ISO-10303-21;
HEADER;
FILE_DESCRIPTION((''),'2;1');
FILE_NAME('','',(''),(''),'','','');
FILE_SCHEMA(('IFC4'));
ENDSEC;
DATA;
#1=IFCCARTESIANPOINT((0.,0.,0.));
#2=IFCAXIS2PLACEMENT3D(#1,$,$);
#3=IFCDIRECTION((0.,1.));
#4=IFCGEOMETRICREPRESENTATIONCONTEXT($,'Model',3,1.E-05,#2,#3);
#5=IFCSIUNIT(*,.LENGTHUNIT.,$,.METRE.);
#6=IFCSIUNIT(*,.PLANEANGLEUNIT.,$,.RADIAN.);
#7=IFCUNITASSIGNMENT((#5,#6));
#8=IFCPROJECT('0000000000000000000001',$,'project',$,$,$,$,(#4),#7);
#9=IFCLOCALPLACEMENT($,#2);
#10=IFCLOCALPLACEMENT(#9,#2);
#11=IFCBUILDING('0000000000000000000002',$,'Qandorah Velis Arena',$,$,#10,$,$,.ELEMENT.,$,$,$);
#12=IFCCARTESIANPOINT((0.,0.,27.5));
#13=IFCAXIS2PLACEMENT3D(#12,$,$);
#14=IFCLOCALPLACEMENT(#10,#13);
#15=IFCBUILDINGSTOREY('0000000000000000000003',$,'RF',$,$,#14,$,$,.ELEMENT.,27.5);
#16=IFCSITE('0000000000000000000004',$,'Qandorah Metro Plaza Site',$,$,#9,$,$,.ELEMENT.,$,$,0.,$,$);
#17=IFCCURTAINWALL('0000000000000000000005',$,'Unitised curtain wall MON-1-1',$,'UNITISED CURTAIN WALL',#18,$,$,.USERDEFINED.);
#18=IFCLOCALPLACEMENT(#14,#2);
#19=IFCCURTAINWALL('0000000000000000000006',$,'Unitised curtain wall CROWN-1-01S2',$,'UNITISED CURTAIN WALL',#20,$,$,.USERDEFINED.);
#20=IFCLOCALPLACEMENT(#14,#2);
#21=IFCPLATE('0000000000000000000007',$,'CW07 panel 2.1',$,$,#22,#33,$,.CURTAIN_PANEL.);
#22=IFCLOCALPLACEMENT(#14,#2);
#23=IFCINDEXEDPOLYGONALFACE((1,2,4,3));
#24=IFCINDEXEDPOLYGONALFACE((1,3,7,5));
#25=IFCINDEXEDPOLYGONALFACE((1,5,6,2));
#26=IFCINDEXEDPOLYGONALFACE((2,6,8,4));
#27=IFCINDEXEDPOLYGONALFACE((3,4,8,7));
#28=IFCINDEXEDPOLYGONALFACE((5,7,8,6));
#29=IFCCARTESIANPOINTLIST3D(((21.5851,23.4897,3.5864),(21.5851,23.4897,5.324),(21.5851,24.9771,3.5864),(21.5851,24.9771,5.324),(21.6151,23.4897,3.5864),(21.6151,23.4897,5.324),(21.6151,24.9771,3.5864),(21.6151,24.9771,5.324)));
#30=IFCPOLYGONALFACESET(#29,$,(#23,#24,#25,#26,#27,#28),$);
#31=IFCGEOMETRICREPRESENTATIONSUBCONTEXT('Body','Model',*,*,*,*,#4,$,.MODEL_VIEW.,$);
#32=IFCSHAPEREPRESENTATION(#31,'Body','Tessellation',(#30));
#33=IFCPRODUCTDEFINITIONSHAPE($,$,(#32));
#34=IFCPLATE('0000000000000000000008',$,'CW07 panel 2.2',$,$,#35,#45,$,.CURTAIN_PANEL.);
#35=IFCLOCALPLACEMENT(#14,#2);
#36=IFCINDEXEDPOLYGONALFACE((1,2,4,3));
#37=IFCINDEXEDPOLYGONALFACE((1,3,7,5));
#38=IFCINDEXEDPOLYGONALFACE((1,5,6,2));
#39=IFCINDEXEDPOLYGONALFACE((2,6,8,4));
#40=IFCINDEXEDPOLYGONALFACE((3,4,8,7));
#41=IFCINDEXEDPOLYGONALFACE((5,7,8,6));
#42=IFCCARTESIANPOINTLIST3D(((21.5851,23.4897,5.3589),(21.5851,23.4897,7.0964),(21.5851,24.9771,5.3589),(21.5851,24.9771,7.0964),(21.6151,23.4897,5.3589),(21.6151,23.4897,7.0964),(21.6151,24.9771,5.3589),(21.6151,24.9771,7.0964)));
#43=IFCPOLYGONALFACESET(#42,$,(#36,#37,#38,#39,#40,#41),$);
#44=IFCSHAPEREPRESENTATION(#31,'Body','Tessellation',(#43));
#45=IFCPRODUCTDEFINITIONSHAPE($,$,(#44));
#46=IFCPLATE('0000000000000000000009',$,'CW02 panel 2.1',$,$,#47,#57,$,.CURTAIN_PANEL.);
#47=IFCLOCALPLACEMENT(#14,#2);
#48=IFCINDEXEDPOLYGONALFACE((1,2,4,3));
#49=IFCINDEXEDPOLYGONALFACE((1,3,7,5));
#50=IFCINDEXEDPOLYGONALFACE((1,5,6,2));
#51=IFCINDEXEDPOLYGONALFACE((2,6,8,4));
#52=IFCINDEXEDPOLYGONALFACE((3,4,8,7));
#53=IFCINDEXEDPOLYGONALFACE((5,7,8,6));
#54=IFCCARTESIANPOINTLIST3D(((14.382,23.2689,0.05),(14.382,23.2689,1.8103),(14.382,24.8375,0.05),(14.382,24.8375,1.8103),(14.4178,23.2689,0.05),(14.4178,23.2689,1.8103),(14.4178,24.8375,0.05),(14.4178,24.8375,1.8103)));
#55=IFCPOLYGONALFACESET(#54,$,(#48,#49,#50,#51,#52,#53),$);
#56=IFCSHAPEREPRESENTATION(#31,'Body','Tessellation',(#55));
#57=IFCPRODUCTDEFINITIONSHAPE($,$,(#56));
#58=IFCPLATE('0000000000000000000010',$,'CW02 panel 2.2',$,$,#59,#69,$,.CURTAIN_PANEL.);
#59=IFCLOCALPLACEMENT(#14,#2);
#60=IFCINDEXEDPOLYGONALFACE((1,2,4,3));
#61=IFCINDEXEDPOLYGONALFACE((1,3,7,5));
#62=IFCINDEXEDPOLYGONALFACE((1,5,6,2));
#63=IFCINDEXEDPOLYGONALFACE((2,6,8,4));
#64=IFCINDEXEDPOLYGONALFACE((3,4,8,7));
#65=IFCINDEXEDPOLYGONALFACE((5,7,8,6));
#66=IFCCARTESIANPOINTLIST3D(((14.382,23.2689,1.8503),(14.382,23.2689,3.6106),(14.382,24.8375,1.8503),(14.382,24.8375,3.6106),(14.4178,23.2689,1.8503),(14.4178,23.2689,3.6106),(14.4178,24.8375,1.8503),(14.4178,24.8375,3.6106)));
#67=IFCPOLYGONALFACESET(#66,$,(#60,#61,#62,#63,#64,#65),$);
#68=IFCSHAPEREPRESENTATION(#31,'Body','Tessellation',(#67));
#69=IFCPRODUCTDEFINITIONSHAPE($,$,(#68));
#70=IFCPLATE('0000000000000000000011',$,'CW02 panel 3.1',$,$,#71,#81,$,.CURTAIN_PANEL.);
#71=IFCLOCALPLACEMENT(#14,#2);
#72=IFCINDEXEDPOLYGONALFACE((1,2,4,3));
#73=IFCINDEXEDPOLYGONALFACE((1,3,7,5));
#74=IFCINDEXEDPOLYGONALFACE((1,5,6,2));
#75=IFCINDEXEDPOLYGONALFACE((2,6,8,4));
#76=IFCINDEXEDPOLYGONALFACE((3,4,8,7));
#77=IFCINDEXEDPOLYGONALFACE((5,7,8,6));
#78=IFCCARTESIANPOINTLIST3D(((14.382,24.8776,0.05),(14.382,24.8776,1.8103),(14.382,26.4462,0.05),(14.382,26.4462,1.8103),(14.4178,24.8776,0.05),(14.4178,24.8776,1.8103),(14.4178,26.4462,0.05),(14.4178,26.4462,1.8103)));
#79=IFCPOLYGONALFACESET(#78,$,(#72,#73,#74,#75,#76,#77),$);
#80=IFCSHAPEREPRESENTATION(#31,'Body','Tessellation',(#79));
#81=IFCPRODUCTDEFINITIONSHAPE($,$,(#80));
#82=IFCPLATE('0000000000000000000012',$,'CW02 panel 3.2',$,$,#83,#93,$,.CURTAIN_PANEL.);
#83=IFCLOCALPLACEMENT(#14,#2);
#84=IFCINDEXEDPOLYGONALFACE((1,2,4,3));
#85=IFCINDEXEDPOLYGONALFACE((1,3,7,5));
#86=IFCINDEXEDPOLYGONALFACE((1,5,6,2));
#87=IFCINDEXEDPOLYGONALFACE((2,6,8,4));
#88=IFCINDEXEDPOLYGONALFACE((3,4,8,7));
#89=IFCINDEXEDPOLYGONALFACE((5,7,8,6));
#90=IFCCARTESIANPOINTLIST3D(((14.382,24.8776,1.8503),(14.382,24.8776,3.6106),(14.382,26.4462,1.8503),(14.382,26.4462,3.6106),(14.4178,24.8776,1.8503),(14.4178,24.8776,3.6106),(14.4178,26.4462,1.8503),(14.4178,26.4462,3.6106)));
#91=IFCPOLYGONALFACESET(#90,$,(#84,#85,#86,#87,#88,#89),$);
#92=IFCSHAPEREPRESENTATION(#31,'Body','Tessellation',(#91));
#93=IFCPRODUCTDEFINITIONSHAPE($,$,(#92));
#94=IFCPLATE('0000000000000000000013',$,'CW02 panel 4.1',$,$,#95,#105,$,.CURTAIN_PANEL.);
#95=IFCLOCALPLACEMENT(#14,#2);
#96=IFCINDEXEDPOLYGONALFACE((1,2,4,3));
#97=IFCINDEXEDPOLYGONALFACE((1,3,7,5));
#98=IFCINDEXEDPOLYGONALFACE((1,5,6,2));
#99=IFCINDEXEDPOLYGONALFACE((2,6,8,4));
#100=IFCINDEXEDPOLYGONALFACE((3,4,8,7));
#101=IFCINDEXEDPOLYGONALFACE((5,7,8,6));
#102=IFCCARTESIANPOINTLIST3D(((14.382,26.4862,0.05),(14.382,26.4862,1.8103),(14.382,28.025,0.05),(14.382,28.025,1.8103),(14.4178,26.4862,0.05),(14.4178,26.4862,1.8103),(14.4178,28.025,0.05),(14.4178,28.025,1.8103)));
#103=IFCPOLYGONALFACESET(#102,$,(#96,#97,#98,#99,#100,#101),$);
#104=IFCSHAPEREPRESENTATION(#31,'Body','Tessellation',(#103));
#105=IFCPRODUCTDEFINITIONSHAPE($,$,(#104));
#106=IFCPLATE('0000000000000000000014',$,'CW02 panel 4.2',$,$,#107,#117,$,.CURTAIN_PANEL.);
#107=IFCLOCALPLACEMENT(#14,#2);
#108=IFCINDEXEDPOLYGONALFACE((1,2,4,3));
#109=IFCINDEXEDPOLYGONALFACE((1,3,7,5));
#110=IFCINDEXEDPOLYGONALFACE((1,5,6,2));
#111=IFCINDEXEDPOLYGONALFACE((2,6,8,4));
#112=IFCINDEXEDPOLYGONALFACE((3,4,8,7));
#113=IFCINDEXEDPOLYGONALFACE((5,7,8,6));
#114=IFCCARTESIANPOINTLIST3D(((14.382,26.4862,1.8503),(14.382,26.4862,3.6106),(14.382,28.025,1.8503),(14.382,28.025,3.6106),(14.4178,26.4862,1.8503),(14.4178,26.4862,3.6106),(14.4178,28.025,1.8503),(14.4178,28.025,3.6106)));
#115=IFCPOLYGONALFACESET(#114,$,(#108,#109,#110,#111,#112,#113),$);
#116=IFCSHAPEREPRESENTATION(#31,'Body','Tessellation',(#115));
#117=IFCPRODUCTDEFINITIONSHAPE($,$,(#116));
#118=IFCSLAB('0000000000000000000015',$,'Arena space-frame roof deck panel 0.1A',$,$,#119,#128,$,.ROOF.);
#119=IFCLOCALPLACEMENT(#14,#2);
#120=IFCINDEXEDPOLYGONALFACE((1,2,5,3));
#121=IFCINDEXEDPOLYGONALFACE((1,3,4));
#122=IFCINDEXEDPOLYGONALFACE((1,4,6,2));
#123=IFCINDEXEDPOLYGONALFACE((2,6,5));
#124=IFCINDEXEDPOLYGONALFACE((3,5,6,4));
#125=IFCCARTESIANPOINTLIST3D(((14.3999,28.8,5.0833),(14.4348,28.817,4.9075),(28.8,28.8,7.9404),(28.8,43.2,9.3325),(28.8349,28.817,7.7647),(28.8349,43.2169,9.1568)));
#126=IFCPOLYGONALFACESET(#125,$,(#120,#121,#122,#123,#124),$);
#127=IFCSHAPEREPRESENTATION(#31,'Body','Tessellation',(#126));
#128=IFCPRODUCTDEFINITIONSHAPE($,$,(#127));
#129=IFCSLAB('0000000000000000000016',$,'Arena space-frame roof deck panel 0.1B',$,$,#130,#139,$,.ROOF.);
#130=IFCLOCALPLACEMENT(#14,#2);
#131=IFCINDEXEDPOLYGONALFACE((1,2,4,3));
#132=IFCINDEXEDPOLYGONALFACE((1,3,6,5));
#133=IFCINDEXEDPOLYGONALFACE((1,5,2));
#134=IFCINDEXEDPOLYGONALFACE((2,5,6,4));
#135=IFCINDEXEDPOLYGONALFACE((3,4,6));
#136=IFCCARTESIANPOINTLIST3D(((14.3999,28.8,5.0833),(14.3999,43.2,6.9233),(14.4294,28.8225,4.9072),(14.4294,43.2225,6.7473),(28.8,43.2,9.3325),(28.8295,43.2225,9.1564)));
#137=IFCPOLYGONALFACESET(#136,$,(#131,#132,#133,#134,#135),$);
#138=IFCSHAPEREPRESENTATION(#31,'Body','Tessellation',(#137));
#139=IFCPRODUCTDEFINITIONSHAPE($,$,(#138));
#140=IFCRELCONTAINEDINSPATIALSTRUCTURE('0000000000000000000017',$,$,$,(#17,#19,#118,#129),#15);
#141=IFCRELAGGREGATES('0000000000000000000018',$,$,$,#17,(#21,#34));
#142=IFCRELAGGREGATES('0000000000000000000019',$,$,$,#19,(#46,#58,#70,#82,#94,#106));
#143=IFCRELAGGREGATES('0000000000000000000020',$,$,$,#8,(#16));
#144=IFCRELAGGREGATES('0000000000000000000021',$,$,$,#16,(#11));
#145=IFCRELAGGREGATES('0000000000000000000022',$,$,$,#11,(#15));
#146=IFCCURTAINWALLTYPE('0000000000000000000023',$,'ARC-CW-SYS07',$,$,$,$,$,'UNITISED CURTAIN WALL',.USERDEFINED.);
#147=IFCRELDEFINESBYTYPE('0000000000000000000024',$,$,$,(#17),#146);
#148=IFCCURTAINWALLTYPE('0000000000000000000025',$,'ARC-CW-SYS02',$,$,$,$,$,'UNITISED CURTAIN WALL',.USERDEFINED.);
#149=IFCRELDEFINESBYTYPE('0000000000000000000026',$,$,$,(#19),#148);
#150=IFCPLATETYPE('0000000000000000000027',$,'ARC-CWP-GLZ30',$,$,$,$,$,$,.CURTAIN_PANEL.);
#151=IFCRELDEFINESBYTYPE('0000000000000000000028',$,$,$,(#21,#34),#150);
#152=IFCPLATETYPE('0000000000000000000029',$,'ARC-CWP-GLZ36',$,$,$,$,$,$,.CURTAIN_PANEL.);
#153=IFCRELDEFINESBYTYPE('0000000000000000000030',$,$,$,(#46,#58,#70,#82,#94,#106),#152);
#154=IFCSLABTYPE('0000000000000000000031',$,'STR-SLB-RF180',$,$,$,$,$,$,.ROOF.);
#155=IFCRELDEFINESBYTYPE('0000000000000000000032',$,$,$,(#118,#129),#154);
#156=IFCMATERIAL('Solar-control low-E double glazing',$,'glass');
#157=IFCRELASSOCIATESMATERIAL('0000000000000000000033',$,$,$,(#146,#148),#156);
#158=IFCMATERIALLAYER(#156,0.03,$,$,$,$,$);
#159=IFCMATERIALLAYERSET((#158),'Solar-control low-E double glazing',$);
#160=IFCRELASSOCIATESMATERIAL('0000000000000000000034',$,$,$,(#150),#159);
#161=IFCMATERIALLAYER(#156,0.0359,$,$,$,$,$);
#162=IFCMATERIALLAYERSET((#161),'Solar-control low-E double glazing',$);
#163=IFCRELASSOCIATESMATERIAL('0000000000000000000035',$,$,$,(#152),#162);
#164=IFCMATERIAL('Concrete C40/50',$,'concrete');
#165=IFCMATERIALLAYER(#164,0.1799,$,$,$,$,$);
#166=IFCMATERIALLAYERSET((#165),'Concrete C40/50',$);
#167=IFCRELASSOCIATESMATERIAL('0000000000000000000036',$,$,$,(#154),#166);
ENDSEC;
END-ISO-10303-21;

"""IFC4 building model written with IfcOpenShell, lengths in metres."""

from ifc_helpers import new_model, si_unit, direction, frame, origin, origin_2d, place, context, subcontext, project, spatial, polyline, rectangle, outline, extrude, material, layer, layer_set, type_object, element, aggregate, save


model = new_model("IFC4")

# Units and contexts
model_context = context("Model", 3, precision=1e-05, world=origin(), true_north=direction((0.0, 1.0)))
body_context = subcontext(model_context, "Body", "Model", "MODEL_VIEW")
ifc_project = project(units=[si_unit("LENGTHUNIT", "METRE"), si_unit("PLANEANGLEUNIT", "RADIAN")], contexts=[model_context])

# Site, building, storey
site_placement = place(None, origin())
site = spatial("IfcSite", under=ifc_project, at=site_placement, Name="Qandorah Metro Plaza Site", CompositionType="ELEMENT", RefElevation=0.0)
building_placement = place(site_placement, origin())
building = spatial("IfcBuilding", under=site, at=building_placement, Name="Qandorah Velis Arena", CompositionType="ELEMENT")
storey_placement = place(building_placement, frame((0.0, 0.0, 27.5)))
storey = spatial("IfcBuildingStorey", under=building, at=storey_placement, Name="RF", CompositionType="ELEMENT", Elevation=27.5)

# Curtain walls
ifc_material_1 = material(Name="Solar-control low-E double glazing", Category="glass")
curtain_wall_type_1 = type_object("IfcCurtainWallType", Name="ARC-CW-SYS07", ElementType="UNITISED CURTAIN WALL", PredefinedType="USERDEFINED", material=ifc_material_1)
curtain_wall_1_placement = place(storey_placement, origin())
curtain_wall_1 = element("IfcCurtainWall", 1, at=curtain_wall_1_placement, inside=storey, type_object=curtain_wall_type_1, Name="Unitised curtain wall MON-1-1", ObjectType="UNITISED CURTAIN WALL", PredefinedType="USERDEFINED")
curtain_wall_type_2 = type_object("IfcCurtainWallType", Name="ARC-CW-SYS02", ElementType="UNITISED CURTAIN WALL", PredefinedType="USERDEFINED", material=ifc_material_1)
curtain_wall_2_placement = place(storey_placement, origin())
curtain_wall_2 = element("IfcCurtainWall", 2, at=curtain_wall_2_placement, inside=storey, type_object=curtain_wall_type_2, Name="Unitised curtain wall CROWN-1-01S2", ObjectType="UNITISED CURTAIN WALL", PredefinedType="USERDEFINED")

# Plates
ifc_layer_1 = layer(ifc_material_1, 0.03)
ifc_layer_set_1 = layer_set([ifc_layer_1], Name="Solar-control low-E double glazing")
plate_type_1 = type_object("IfcPlateType", Name="ARC-CWP-GLZ30", PredefinedType="CURTAIN_PANEL", material=ifc_layer_set_1)
plate_1_placement = place(storey_placement, frame((21.6001, 24.2334, 3.5864), z_axis=(0.0, 0.0, 1.0), x_axis=(0.0, 1.0, 0.0)))
plate_1 = element("IfcPlate", 3, at=plate_1_placement, type_object=plate_type_1, Name="CW07 panel 2.1", PredefinedType="CURTAIN_PANEL", context=body_context, shape_type="SweptSolid", body=[
    extrude(rectangle(XDim=1.4873, YDim=0.03, at=origin_2d()), origin(), (0.0, 0.0, 1.0), 1.7375),
])
plate_2_placement = place(storey_placement, frame((21.6001, 24.2334, 5.3589), z_axis=(0.0, 0.0, 1.0), x_axis=(0.0, 1.0, 0.0)))
plate_2 = element("IfcPlate", 4, at=plate_2_placement, type_object=plate_type_1, Name="CW07 panel 2.2", PredefinedType="CURTAIN_PANEL", context=body_context, shape_type="SweptSolid", body=[
    extrude(rectangle(XDim=1.4873, YDim=0.03, at=origin_2d()), origin(), (0.0, 0.0, 1.0), 1.7375),
])
aggregate(curtain_wall_1, [plate_1, plate_2])
ifc_layer_2 = layer(ifc_material_1, 0.0359)
ifc_layer_set_2 = layer_set([ifc_layer_2], Name="Solar-control low-E double glazing")
plate_type_2 = type_object("IfcPlateType", Name="ARC-CWP-GLZ36", PredefinedType="CURTAIN_PANEL", material=ifc_layer_set_2)
plate_3_placement = place(storey_placement, frame((14.3999, 24.0532, 0.05), z_axis=(0.0, 0.0, 1.0), x_axis=(0.0, 1.0, 0.0)))
plate_3 = element("IfcPlate", 5, at=plate_3_placement, type_object=plate_type_2, Name="CW02 panel 2.1", PredefinedType="CURTAIN_PANEL", context=body_context, shape_type="SweptSolid", body=[
    extrude(rectangle(XDim=1.5686, YDim=0.0359, at=origin_2d()), origin(), (0.0, 0.0, 1.0), 1.7603),
])
plate_4_placement = place(storey_placement, frame((14.3999, 24.0532, 1.8503), z_axis=(0.0, 0.0, 1.0), x_axis=(0.0, 1.0, 0.0)))
plate_4 = element("IfcPlate", 6, at=plate_4_placement, type_object=plate_type_2, Name="CW02 panel 2.2", PredefinedType="CURTAIN_PANEL", context=body_context, shape_type="SweptSolid", body=[
    extrude(rectangle(XDim=1.5686, YDim=0.0359, at=origin_2d()), origin(), (0.0, 0.0, 1.0), 1.7603),
])
plate_5_placement = place(storey_placement, frame((14.3999, 25.6619, 0.05), z_axis=(0.0, 0.0, 1.0), x_axis=(0.0, 1.0, 0.0)))
plate_5 = element("IfcPlate", 7, at=plate_5_placement, type_object=plate_type_2, Name="CW02 panel 3.1", PredefinedType="CURTAIN_PANEL", context=body_context, shape_type="SweptSolid", body=[
    extrude(rectangle(XDim=1.5686, YDim=0.0359, at=origin_2d()), origin(), (0.0, 0.0, 1.0), 1.7603),
])
plate_6_placement = place(storey_placement, frame((14.3999, 25.6619, 1.8503), z_axis=(0.0, 0.0, 1.0), x_axis=(0.0, 1.0, 0.0)))
plate_6 = element("IfcPlate", 8, at=plate_6_placement, type_object=plate_type_2, Name="CW02 panel 3.2", PredefinedType="CURTAIN_PANEL", context=body_context, shape_type="SweptSolid", body=[
    extrude(rectangle(XDim=1.5686, YDim=0.0359, at=origin_2d()), origin(), (0.0, 0.0, 1.0), 1.7603),
])
plate_7_placement = place(storey_placement, frame((14.3999, 27.2556, 0.05), z_axis=(0.0, 0.0, 1.0), x_axis=(0.0, 1.0, 0.0)))
plate_7 = element("IfcPlate", 9, at=plate_7_placement, type_object=plate_type_2, Name="CW02 panel 4.1", PredefinedType="CURTAIN_PANEL", context=body_context, shape_type="SweptSolid", body=[
    extrude(rectangle(XDim=1.5388, YDim=0.0359, at=origin_2d()), origin(), (0.0, 0.0, 1.0), 1.7603),
])
plate_8_placement = place(storey_placement, frame((14.3999, 27.2556, 1.8503), z_axis=(0.0, 0.0, 1.0), x_axis=(0.0, 1.0, 0.0)))
plate_8 = element("IfcPlate", 10, at=plate_8_placement, type_object=plate_type_2, Name="CW02 panel 4.2", PredefinedType="CURTAIN_PANEL", context=body_context, shape_type="SweptSolid", body=[
    extrude(rectangle(XDim=1.5388, YDim=0.0359, at=origin_2d()), origin(), (0.0, 0.0, 1.0), 1.7603),
])
aggregate(curtain_wall_2, [plate_3, plate_4, plate_5, plate_6, plate_7, plate_8])

# Slabs
ifc_material_2 = material(Name="Concrete C40/50", Category="concrete")
ifc_layer_3 = layer(ifc_material_2, 0.1799)
ifc_layer_set_3 = layer_set([ifc_layer_3], Name="Concrete C40/50")
slab_type = type_object("IfcSlabType", Name="STR-SLB-RF180", PredefinedType="ROOF", material=ifc_layer_set_3)
slab_1_placement = place(storey_placement, frame((14.3999, 28.8, 5.0833), z_axis=(-0.19375, -0.094402, 0.976498), x_axis=(0.980879, 0.0, 0.194619)))
element("IfcSlab", 11, at=slab_1_placement, inside=storey, type_object=slab_type, Name="Arena space-frame roof deck panel 0.1A", PredefinedType="ROOF", context=body_context, shape_type="SweptSolid", body=[
    extrude(outline(polyline([(0.0, 0.0), (14.6809, 0.0), (14.9518, 14.4645), (0.0, 0.0)])), origin(), (0.0, 0.0, -1.0), 0.1799),
])
slab_2_placement = place(storey_placement, frame((14.3999, 28.8, 5.0833), z_axis=(-0.163714, -0.125044, 0.978551), x_axis=(0.692205, 0.692193, 0.204259)))
element("IfcSlab", 12, at=slab_2_placement, inside=storey, type_object=slab_type, Name="Arena space-frame roof deck panel 0.1B", PredefinedType="ROOF", context=body_context, shape_type="SweptSolid", body=[
    extrude(outline(polyline([(0.0, 0.0), (20.8033, 0.0), (10.3434, 10.1862), (0.0, 0.0)])), origin(), (0.0, 0.0, -1.0), 0.1799),
])

save(model, "model.ifc")
